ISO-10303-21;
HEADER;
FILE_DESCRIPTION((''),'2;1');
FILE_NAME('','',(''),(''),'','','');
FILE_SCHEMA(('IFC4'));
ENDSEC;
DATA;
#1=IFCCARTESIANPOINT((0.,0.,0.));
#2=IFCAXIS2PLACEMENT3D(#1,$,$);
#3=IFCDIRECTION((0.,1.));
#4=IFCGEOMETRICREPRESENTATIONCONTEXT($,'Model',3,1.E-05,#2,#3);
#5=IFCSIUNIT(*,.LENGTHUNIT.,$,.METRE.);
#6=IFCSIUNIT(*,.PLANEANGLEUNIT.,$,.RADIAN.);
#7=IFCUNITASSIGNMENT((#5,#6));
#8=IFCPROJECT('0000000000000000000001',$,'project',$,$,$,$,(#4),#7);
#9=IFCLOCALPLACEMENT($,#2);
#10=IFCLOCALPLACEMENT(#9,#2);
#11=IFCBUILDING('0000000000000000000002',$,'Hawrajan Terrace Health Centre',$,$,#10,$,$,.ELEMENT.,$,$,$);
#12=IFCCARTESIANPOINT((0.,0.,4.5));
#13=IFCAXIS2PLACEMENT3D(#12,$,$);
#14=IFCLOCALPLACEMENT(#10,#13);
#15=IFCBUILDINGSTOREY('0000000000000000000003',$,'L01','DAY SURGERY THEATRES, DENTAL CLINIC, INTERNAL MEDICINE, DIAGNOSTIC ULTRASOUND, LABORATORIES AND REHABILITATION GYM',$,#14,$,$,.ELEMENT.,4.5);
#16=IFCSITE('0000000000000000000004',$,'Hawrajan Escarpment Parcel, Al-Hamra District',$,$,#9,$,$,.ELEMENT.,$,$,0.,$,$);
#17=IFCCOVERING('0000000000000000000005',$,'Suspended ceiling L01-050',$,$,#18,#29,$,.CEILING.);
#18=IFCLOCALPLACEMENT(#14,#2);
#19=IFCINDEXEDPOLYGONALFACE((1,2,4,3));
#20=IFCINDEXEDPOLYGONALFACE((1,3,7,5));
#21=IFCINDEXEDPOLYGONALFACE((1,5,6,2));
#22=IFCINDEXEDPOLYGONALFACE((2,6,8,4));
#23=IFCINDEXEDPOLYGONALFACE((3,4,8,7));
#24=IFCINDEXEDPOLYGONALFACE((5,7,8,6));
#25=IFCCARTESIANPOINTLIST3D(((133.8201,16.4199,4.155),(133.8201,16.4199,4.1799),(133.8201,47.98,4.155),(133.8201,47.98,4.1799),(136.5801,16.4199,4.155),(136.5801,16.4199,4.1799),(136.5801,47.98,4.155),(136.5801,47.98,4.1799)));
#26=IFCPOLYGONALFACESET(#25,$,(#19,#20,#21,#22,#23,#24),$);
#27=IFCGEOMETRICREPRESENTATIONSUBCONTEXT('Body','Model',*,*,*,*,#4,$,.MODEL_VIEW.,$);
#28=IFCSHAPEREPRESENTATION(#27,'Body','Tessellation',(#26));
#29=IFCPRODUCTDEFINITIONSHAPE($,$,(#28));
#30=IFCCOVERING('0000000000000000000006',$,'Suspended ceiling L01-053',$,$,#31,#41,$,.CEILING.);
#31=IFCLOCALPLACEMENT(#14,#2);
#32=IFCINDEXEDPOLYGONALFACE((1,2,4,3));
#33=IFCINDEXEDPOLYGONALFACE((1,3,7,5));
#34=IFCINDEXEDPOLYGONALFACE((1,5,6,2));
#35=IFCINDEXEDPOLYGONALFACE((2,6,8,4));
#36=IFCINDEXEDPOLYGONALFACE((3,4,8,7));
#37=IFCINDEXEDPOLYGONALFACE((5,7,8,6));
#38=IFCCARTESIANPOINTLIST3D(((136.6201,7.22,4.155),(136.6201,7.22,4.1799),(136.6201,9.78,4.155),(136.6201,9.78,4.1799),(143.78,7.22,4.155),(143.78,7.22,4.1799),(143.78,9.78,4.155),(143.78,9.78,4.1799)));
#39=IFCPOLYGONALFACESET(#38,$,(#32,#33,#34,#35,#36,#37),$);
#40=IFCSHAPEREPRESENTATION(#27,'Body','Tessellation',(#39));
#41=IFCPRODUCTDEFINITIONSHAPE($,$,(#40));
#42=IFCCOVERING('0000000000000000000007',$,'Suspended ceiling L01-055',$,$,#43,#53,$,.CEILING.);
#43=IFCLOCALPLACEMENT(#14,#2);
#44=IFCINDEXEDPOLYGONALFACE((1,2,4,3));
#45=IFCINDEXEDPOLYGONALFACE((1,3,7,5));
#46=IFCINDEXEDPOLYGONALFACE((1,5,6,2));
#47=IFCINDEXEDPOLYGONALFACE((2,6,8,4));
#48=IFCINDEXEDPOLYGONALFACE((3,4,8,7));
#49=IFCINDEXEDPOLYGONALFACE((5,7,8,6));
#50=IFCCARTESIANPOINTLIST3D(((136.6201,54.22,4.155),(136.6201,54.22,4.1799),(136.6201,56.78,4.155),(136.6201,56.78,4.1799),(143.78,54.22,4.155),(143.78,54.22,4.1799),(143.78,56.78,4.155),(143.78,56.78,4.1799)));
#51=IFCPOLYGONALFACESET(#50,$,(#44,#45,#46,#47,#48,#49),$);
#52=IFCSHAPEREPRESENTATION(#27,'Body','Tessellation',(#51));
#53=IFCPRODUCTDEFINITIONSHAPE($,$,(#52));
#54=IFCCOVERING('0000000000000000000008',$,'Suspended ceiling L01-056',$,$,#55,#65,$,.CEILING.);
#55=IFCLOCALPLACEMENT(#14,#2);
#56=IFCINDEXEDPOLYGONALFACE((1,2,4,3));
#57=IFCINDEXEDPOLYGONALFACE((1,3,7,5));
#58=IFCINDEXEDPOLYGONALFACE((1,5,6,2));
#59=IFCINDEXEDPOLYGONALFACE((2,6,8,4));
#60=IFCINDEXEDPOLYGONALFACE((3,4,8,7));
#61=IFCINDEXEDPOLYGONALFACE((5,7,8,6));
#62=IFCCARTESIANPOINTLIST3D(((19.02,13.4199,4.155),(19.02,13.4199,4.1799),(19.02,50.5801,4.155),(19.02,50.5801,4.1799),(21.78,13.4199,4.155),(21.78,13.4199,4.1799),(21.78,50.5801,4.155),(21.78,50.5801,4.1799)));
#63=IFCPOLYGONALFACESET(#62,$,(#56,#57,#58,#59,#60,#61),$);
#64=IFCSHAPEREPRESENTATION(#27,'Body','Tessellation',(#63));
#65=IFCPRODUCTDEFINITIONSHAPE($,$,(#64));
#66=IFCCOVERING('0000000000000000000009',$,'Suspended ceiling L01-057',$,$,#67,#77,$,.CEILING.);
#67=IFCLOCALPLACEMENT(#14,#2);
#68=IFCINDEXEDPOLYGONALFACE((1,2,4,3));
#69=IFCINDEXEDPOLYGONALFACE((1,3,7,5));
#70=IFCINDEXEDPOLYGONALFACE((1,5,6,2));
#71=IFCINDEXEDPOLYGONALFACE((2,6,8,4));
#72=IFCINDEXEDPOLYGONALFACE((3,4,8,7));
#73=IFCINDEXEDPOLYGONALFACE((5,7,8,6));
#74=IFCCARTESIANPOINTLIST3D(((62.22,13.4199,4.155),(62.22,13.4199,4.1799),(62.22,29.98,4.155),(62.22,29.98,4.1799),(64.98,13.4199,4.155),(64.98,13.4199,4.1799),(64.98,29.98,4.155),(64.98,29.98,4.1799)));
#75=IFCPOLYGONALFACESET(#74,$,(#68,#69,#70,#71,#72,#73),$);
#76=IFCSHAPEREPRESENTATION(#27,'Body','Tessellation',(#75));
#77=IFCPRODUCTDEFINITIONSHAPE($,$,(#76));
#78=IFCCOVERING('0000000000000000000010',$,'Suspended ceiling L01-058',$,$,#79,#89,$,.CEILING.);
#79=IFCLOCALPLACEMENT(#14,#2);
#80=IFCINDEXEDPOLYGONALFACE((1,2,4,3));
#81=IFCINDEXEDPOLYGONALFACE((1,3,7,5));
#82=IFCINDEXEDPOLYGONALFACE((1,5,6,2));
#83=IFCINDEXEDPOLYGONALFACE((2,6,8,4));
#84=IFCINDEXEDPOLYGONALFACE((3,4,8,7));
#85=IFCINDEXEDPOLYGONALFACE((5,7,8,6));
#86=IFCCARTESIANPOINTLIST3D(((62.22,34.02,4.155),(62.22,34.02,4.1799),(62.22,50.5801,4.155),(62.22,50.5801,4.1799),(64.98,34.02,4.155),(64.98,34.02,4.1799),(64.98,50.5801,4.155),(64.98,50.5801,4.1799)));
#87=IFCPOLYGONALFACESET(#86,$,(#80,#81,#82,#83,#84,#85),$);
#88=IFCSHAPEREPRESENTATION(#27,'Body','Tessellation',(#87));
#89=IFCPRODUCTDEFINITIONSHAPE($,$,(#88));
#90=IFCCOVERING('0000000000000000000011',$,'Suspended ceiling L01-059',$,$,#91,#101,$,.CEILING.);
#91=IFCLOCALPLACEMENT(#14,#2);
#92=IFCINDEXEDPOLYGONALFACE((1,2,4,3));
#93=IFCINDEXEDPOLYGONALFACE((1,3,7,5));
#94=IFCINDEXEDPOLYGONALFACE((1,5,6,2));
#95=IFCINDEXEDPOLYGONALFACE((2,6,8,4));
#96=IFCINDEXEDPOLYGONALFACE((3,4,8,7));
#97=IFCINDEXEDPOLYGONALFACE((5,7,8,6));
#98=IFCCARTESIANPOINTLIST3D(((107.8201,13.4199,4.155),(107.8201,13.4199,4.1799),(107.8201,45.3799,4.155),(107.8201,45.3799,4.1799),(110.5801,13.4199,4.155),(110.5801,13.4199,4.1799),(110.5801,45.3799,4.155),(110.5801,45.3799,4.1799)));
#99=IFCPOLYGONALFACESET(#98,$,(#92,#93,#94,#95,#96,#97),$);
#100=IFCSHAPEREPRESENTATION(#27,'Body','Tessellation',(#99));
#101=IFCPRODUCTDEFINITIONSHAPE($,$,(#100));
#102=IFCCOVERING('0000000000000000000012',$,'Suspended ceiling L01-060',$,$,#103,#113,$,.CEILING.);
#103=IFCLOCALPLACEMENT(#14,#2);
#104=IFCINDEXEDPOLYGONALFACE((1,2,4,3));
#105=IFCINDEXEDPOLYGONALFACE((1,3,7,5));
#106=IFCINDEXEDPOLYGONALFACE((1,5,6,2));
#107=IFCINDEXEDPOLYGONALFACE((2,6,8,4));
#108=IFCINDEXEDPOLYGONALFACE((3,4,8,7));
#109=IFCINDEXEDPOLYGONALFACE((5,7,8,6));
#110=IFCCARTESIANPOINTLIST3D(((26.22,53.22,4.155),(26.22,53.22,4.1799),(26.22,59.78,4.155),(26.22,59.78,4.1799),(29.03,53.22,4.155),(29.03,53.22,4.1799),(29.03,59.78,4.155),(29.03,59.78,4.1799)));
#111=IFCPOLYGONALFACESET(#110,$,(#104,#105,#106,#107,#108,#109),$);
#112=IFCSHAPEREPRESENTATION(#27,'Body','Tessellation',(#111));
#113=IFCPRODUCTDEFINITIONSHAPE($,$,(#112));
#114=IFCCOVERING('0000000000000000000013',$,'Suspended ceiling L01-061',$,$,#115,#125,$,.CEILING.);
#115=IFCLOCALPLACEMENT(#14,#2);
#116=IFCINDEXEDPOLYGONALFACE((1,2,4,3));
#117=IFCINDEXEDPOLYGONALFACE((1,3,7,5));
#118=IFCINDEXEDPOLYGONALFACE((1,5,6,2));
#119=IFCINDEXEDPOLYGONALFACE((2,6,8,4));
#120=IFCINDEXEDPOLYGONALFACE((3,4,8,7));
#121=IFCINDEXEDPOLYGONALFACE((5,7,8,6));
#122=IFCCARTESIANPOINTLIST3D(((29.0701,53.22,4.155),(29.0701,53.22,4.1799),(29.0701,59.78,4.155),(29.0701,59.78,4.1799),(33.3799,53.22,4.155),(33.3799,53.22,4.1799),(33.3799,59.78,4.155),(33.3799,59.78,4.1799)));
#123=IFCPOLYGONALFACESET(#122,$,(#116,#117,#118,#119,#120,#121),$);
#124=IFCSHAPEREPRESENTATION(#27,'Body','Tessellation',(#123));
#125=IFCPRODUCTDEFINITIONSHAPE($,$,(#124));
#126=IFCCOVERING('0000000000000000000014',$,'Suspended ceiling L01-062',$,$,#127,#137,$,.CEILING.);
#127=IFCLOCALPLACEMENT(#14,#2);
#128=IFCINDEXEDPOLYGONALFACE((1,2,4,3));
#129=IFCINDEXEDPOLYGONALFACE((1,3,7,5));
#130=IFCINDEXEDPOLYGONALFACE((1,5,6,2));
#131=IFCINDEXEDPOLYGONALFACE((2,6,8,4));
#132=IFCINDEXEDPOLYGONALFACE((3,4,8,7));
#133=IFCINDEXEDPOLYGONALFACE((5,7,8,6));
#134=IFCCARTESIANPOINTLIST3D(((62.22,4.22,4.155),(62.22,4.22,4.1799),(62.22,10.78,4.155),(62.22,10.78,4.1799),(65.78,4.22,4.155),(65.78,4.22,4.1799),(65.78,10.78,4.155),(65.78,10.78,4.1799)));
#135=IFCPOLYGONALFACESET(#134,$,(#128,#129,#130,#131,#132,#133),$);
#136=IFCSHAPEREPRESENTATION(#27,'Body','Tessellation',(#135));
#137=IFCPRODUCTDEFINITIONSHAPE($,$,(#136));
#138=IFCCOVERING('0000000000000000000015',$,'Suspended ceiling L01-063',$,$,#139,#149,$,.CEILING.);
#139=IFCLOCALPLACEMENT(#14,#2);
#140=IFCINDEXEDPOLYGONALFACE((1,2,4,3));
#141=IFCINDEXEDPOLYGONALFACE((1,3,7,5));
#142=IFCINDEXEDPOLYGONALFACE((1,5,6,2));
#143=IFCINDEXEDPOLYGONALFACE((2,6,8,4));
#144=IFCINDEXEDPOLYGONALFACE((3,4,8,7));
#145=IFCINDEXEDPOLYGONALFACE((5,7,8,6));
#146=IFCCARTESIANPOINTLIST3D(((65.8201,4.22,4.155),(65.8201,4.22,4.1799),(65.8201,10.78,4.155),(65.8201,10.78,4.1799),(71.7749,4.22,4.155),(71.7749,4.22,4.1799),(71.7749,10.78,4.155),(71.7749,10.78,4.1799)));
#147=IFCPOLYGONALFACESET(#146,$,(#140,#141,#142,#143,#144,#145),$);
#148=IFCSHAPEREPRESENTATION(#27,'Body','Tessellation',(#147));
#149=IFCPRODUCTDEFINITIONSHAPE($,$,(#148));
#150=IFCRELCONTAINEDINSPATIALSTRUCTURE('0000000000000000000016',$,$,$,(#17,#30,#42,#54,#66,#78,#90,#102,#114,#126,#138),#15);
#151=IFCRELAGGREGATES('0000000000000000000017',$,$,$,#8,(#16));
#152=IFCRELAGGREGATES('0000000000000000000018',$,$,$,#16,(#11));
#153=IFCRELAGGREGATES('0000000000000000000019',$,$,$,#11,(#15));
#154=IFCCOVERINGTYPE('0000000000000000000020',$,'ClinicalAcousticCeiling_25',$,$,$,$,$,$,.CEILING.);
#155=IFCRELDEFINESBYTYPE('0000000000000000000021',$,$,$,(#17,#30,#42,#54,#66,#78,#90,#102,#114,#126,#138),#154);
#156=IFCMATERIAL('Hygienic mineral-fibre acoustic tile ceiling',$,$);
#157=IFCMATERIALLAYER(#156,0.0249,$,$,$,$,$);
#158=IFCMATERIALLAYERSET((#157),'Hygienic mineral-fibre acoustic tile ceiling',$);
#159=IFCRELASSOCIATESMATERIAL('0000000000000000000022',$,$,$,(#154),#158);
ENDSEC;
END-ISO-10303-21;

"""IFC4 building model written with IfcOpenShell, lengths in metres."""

from ifc_helpers import new_model, si_unit, direction, frame, origin, place, context, subcontext, project, spatial, polyline, outline, extrude, material, layer, layer_set, type_object, element, save


model = new_model("IFC4")

# Units and contexts
model_context = context("Model", 3, precision=1e-05, world=origin(), true_north=direction((0.0, 1.0)))
body_context = subcontext(model_context, "Body", "Model", "MODEL_VIEW")
ifc_project = project(units=[si_unit("LENGTHUNIT", "METRE"), si_unit("PLANEANGLEUNIT", "RADIAN")], contexts=[model_context])

# Site, building, storey
site_placement = place(None, origin())
site = spatial("IfcSite", under=ifc_project, at=site_placement, Name="Hawrajan Escarpment Parcel, Al-Hamra District", CompositionType="ELEMENT", RefElevation=0.0)
building_placement = place(site_placement, origin())
building = spatial("IfcBuilding", under=site, at=building_placement, Name="Hawrajan Terrace Health Centre", CompositionType="ELEMENT")
storey_placement = place(building_placement, frame((0.0, 0.0, 4.5)))
storey = spatial("IfcBuildingStorey", under=building, at=storey_placement, Name="L01", Description="DAY SURGERY THEATRES, DENTAL CLINIC, INTERNAL MEDICINE, DIAGNOSTIC ULTRASOUND, LABORATORIES AND REHABILITATION GYM", CompositionType="ELEMENT", Elevation=4.5)

# Coverings
ifc_material = material(Name="Hygienic mineral-fibre acoustic tile ceiling")
ifc_layer = layer(ifc_material, 0.0249)
ifc_layer_set = layer_set([ifc_layer], Name="Hygienic mineral-fibre acoustic tile ceiling")
covering_type = type_object("IfcCoveringType", Name="ClinicalAcousticCeiling_25", PredefinedType="CEILING", material=ifc_layer_set)
covering_1_placement = place(storey_placement, frame((0.0, 0.0, 4.155)))
element("IfcCovering", 1, at=covering_1_placement, inside=storey, type_object=covering_type, Name="Suspended ceiling L01-050", PredefinedType="CEILING", context=body_context, shape_type="SweptSolid", body=[
    extrude(outline(polyline([(133.8201, 47.98), (136.5801, 47.98), (136.5801, 16.4199), (133.8201, 16.4199), (133.8201, 47.98)])), origin(), (0.0, 0.0, 1.0), 0.0249),
])
covering_2_placement = place(storey_placement, frame((0.0, 0.0, 4.155)))
element("IfcCovering", 2, at=covering_2_placement, inside=storey, type_object=covering_type, Name="Suspended ceiling L01-053", PredefinedType="CEILING", context=body_context, shape_type="SweptSolid", body=[
    extrude(outline(polyline([(136.6201, 9.78), (143.78, 9.78), (143.78, 7.22), (136.6201, 7.22), (136.6201, 9.78)])), origin(), (0.0, 0.0, 1.0), 0.0249),
])
covering_3_placement = place(storey_placement, frame((0.0, 0.0, 4.155)))
element("IfcCovering", 3, at=covering_3_placement, inside=storey, type_object=covering_type, Name="Suspended ceiling L01-055", PredefinedType="CEILING", context=body_context, shape_type="SweptSolid", body=[
    extrude(outline(polyline([(136.6201, 56.78), (143.78, 56.78), (143.78, 54.22), (136.6201, 54.22), (136.6201, 56.78)])), origin(), (0.0, 0.0, 1.0), 0.0249),
])
covering_4_placement = place(storey_placement, frame((0.0, 0.0, 4.155)))
element("IfcCovering", 4, at=covering_4_placement, inside=storey, type_object=covering_type, Name="Suspended ceiling L01-056", PredefinedType="CEILING", context=body_context, shape_type="SweptSolid", body=[
    extrude(outline(polyline([(19.02, 50.5801), (21.78, 50.5801), (21.78, 13.4199), (19.02, 13.4199), (19.02, 50.5801)])), origin(), (0.0, 0.0, 1.0), 0.0249),
])
covering_5_placement = place(storey_placement, frame((0.0, 0.0, 4.155)))
element("IfcCovering", 5, at=covering_5_placement, inside=storey, type_object=covering_type, Name="Suspended ceiling L01-057", PredefinedType="CEILING", context=body_context, shape_type="SweptSolid", body=[
    extrude(outline(polyline([(62.22, 29.98), (64.98, 29.98), (64.98, 13.4199), (62.22, 13.4199), (62.22, 29.98)])), origin(), (0.0, 0.0, 1.0), 0.0249),
])
covering_6_placement = place(storey_placement, frame((0.0, 0.0, 4.155)))
element("IfcCovering", 6, at=covering_6_placement, inside=storey, type_object=covering_type, Name="Suspended ceiling L01-058", PredefinedType="CEILING", context=body_context, shape_type="SweptSolid", body=[
    extrude(outline(polyline([(62.22, 50.5801), (64.98, 50.5801), (64.98, 34.02), (62.22, 34.02), (62.22, 50.5801)])), origin(), (0.0, 0.0, 1.0), 0.0249),
])
covering_7_placement = place(storey_placement, frame((0.0, 0.0, 4.155)))
element("IfcCovering", 7, at=covering_7_placement, inside=storey, type_object=covering_type, Name="Suspended ceiling L01-059", PredefinedType="CEILING", context=body_context, shape_type="SweptSolid", body=[
    extrude(outline(polyline([(107.8201, 45.3799), (110.5801, 45.3799), (110.5801, 13.4199), (107.8201, 13.4199), (107.8201, 45.3799)])), origin(), (0.0, 0.0, 1.0), 0.0249),
])
covering_8_placement = place(storey_placement, frame((0.0, 0.0, 4.155)))
element("IfcCovering", 8, at=covering_8_placement, inside=storey, type_object=covering_type, Name="Suspended ceiling L01-060", PredefinedType="CEILING", context=body_context, shape_type="SweptSolid", body=[
    extrude(outline(polyline([(26.22, 59.78), (29.03, 59.78), (29.03, 53.22), (26.22, 53.22), (26.22, 59.78)])), origin(), (0.0, 0.0, 1.0), 0.0249),
])
covering_9_placement = place(storey_placement, frame((0.0, 0.0, 4.155)))
element("IfcCovering", 9, at=covering_9_placement, inside=storey, type_object=covering_type, Name="Suspended ceiling L01-061", PredefinedType="CEILING", context=body_context, shape_type="SweptSolid", body=[
    extrude(outline(polyline([(29.0701, 59.78), (33.3799, 59.78), (33.3799, 53.22), (29.0701, 53.22), (29.0701, 59.78)])), origin(), (0.0, 0.0, 1.0), 0.0249),
])
covering_10_placement = place(storey_placement, frame((0.0, 0.0, 4.155)))
element("IfcCovering", 10, at=covering_10_placement, inside=storey, type_object=covering_type, Name="Suspended ceiling L01-062", PredefinedType="CEILING", context=body_context, shape_type="SweptSolid", body=[
    extrude(outline(polyline([(62.22, 10.78), (65.78, 10.78), (65.78, 4.22), (62.22, 4.22), (62.22, 10.78)])), origin(), (0.0, 0.0, 1.0), 0.0249),
])
covering_11_placement = place(storey_placement, frame((0.0, 0.0, 4.155)))
element("IfcCovering", 11, at=covering_11_placement, inside=storey, type_object=covering_type, Name="Suspended ceiling L01-063", PredefinedType="CEILING", context=body_context, shape_type="SweptSolid", body=[
    extrude(outline(polyline([(65.8201, 10.78), (71.7749, 10.78), (71.7749, 4.22), (65.8201, 4.22), (65.8201, 10.78)])), origin(), (0.0, 0.0, 1.0), 0.0249),
])

save(model, "model.ifc")
